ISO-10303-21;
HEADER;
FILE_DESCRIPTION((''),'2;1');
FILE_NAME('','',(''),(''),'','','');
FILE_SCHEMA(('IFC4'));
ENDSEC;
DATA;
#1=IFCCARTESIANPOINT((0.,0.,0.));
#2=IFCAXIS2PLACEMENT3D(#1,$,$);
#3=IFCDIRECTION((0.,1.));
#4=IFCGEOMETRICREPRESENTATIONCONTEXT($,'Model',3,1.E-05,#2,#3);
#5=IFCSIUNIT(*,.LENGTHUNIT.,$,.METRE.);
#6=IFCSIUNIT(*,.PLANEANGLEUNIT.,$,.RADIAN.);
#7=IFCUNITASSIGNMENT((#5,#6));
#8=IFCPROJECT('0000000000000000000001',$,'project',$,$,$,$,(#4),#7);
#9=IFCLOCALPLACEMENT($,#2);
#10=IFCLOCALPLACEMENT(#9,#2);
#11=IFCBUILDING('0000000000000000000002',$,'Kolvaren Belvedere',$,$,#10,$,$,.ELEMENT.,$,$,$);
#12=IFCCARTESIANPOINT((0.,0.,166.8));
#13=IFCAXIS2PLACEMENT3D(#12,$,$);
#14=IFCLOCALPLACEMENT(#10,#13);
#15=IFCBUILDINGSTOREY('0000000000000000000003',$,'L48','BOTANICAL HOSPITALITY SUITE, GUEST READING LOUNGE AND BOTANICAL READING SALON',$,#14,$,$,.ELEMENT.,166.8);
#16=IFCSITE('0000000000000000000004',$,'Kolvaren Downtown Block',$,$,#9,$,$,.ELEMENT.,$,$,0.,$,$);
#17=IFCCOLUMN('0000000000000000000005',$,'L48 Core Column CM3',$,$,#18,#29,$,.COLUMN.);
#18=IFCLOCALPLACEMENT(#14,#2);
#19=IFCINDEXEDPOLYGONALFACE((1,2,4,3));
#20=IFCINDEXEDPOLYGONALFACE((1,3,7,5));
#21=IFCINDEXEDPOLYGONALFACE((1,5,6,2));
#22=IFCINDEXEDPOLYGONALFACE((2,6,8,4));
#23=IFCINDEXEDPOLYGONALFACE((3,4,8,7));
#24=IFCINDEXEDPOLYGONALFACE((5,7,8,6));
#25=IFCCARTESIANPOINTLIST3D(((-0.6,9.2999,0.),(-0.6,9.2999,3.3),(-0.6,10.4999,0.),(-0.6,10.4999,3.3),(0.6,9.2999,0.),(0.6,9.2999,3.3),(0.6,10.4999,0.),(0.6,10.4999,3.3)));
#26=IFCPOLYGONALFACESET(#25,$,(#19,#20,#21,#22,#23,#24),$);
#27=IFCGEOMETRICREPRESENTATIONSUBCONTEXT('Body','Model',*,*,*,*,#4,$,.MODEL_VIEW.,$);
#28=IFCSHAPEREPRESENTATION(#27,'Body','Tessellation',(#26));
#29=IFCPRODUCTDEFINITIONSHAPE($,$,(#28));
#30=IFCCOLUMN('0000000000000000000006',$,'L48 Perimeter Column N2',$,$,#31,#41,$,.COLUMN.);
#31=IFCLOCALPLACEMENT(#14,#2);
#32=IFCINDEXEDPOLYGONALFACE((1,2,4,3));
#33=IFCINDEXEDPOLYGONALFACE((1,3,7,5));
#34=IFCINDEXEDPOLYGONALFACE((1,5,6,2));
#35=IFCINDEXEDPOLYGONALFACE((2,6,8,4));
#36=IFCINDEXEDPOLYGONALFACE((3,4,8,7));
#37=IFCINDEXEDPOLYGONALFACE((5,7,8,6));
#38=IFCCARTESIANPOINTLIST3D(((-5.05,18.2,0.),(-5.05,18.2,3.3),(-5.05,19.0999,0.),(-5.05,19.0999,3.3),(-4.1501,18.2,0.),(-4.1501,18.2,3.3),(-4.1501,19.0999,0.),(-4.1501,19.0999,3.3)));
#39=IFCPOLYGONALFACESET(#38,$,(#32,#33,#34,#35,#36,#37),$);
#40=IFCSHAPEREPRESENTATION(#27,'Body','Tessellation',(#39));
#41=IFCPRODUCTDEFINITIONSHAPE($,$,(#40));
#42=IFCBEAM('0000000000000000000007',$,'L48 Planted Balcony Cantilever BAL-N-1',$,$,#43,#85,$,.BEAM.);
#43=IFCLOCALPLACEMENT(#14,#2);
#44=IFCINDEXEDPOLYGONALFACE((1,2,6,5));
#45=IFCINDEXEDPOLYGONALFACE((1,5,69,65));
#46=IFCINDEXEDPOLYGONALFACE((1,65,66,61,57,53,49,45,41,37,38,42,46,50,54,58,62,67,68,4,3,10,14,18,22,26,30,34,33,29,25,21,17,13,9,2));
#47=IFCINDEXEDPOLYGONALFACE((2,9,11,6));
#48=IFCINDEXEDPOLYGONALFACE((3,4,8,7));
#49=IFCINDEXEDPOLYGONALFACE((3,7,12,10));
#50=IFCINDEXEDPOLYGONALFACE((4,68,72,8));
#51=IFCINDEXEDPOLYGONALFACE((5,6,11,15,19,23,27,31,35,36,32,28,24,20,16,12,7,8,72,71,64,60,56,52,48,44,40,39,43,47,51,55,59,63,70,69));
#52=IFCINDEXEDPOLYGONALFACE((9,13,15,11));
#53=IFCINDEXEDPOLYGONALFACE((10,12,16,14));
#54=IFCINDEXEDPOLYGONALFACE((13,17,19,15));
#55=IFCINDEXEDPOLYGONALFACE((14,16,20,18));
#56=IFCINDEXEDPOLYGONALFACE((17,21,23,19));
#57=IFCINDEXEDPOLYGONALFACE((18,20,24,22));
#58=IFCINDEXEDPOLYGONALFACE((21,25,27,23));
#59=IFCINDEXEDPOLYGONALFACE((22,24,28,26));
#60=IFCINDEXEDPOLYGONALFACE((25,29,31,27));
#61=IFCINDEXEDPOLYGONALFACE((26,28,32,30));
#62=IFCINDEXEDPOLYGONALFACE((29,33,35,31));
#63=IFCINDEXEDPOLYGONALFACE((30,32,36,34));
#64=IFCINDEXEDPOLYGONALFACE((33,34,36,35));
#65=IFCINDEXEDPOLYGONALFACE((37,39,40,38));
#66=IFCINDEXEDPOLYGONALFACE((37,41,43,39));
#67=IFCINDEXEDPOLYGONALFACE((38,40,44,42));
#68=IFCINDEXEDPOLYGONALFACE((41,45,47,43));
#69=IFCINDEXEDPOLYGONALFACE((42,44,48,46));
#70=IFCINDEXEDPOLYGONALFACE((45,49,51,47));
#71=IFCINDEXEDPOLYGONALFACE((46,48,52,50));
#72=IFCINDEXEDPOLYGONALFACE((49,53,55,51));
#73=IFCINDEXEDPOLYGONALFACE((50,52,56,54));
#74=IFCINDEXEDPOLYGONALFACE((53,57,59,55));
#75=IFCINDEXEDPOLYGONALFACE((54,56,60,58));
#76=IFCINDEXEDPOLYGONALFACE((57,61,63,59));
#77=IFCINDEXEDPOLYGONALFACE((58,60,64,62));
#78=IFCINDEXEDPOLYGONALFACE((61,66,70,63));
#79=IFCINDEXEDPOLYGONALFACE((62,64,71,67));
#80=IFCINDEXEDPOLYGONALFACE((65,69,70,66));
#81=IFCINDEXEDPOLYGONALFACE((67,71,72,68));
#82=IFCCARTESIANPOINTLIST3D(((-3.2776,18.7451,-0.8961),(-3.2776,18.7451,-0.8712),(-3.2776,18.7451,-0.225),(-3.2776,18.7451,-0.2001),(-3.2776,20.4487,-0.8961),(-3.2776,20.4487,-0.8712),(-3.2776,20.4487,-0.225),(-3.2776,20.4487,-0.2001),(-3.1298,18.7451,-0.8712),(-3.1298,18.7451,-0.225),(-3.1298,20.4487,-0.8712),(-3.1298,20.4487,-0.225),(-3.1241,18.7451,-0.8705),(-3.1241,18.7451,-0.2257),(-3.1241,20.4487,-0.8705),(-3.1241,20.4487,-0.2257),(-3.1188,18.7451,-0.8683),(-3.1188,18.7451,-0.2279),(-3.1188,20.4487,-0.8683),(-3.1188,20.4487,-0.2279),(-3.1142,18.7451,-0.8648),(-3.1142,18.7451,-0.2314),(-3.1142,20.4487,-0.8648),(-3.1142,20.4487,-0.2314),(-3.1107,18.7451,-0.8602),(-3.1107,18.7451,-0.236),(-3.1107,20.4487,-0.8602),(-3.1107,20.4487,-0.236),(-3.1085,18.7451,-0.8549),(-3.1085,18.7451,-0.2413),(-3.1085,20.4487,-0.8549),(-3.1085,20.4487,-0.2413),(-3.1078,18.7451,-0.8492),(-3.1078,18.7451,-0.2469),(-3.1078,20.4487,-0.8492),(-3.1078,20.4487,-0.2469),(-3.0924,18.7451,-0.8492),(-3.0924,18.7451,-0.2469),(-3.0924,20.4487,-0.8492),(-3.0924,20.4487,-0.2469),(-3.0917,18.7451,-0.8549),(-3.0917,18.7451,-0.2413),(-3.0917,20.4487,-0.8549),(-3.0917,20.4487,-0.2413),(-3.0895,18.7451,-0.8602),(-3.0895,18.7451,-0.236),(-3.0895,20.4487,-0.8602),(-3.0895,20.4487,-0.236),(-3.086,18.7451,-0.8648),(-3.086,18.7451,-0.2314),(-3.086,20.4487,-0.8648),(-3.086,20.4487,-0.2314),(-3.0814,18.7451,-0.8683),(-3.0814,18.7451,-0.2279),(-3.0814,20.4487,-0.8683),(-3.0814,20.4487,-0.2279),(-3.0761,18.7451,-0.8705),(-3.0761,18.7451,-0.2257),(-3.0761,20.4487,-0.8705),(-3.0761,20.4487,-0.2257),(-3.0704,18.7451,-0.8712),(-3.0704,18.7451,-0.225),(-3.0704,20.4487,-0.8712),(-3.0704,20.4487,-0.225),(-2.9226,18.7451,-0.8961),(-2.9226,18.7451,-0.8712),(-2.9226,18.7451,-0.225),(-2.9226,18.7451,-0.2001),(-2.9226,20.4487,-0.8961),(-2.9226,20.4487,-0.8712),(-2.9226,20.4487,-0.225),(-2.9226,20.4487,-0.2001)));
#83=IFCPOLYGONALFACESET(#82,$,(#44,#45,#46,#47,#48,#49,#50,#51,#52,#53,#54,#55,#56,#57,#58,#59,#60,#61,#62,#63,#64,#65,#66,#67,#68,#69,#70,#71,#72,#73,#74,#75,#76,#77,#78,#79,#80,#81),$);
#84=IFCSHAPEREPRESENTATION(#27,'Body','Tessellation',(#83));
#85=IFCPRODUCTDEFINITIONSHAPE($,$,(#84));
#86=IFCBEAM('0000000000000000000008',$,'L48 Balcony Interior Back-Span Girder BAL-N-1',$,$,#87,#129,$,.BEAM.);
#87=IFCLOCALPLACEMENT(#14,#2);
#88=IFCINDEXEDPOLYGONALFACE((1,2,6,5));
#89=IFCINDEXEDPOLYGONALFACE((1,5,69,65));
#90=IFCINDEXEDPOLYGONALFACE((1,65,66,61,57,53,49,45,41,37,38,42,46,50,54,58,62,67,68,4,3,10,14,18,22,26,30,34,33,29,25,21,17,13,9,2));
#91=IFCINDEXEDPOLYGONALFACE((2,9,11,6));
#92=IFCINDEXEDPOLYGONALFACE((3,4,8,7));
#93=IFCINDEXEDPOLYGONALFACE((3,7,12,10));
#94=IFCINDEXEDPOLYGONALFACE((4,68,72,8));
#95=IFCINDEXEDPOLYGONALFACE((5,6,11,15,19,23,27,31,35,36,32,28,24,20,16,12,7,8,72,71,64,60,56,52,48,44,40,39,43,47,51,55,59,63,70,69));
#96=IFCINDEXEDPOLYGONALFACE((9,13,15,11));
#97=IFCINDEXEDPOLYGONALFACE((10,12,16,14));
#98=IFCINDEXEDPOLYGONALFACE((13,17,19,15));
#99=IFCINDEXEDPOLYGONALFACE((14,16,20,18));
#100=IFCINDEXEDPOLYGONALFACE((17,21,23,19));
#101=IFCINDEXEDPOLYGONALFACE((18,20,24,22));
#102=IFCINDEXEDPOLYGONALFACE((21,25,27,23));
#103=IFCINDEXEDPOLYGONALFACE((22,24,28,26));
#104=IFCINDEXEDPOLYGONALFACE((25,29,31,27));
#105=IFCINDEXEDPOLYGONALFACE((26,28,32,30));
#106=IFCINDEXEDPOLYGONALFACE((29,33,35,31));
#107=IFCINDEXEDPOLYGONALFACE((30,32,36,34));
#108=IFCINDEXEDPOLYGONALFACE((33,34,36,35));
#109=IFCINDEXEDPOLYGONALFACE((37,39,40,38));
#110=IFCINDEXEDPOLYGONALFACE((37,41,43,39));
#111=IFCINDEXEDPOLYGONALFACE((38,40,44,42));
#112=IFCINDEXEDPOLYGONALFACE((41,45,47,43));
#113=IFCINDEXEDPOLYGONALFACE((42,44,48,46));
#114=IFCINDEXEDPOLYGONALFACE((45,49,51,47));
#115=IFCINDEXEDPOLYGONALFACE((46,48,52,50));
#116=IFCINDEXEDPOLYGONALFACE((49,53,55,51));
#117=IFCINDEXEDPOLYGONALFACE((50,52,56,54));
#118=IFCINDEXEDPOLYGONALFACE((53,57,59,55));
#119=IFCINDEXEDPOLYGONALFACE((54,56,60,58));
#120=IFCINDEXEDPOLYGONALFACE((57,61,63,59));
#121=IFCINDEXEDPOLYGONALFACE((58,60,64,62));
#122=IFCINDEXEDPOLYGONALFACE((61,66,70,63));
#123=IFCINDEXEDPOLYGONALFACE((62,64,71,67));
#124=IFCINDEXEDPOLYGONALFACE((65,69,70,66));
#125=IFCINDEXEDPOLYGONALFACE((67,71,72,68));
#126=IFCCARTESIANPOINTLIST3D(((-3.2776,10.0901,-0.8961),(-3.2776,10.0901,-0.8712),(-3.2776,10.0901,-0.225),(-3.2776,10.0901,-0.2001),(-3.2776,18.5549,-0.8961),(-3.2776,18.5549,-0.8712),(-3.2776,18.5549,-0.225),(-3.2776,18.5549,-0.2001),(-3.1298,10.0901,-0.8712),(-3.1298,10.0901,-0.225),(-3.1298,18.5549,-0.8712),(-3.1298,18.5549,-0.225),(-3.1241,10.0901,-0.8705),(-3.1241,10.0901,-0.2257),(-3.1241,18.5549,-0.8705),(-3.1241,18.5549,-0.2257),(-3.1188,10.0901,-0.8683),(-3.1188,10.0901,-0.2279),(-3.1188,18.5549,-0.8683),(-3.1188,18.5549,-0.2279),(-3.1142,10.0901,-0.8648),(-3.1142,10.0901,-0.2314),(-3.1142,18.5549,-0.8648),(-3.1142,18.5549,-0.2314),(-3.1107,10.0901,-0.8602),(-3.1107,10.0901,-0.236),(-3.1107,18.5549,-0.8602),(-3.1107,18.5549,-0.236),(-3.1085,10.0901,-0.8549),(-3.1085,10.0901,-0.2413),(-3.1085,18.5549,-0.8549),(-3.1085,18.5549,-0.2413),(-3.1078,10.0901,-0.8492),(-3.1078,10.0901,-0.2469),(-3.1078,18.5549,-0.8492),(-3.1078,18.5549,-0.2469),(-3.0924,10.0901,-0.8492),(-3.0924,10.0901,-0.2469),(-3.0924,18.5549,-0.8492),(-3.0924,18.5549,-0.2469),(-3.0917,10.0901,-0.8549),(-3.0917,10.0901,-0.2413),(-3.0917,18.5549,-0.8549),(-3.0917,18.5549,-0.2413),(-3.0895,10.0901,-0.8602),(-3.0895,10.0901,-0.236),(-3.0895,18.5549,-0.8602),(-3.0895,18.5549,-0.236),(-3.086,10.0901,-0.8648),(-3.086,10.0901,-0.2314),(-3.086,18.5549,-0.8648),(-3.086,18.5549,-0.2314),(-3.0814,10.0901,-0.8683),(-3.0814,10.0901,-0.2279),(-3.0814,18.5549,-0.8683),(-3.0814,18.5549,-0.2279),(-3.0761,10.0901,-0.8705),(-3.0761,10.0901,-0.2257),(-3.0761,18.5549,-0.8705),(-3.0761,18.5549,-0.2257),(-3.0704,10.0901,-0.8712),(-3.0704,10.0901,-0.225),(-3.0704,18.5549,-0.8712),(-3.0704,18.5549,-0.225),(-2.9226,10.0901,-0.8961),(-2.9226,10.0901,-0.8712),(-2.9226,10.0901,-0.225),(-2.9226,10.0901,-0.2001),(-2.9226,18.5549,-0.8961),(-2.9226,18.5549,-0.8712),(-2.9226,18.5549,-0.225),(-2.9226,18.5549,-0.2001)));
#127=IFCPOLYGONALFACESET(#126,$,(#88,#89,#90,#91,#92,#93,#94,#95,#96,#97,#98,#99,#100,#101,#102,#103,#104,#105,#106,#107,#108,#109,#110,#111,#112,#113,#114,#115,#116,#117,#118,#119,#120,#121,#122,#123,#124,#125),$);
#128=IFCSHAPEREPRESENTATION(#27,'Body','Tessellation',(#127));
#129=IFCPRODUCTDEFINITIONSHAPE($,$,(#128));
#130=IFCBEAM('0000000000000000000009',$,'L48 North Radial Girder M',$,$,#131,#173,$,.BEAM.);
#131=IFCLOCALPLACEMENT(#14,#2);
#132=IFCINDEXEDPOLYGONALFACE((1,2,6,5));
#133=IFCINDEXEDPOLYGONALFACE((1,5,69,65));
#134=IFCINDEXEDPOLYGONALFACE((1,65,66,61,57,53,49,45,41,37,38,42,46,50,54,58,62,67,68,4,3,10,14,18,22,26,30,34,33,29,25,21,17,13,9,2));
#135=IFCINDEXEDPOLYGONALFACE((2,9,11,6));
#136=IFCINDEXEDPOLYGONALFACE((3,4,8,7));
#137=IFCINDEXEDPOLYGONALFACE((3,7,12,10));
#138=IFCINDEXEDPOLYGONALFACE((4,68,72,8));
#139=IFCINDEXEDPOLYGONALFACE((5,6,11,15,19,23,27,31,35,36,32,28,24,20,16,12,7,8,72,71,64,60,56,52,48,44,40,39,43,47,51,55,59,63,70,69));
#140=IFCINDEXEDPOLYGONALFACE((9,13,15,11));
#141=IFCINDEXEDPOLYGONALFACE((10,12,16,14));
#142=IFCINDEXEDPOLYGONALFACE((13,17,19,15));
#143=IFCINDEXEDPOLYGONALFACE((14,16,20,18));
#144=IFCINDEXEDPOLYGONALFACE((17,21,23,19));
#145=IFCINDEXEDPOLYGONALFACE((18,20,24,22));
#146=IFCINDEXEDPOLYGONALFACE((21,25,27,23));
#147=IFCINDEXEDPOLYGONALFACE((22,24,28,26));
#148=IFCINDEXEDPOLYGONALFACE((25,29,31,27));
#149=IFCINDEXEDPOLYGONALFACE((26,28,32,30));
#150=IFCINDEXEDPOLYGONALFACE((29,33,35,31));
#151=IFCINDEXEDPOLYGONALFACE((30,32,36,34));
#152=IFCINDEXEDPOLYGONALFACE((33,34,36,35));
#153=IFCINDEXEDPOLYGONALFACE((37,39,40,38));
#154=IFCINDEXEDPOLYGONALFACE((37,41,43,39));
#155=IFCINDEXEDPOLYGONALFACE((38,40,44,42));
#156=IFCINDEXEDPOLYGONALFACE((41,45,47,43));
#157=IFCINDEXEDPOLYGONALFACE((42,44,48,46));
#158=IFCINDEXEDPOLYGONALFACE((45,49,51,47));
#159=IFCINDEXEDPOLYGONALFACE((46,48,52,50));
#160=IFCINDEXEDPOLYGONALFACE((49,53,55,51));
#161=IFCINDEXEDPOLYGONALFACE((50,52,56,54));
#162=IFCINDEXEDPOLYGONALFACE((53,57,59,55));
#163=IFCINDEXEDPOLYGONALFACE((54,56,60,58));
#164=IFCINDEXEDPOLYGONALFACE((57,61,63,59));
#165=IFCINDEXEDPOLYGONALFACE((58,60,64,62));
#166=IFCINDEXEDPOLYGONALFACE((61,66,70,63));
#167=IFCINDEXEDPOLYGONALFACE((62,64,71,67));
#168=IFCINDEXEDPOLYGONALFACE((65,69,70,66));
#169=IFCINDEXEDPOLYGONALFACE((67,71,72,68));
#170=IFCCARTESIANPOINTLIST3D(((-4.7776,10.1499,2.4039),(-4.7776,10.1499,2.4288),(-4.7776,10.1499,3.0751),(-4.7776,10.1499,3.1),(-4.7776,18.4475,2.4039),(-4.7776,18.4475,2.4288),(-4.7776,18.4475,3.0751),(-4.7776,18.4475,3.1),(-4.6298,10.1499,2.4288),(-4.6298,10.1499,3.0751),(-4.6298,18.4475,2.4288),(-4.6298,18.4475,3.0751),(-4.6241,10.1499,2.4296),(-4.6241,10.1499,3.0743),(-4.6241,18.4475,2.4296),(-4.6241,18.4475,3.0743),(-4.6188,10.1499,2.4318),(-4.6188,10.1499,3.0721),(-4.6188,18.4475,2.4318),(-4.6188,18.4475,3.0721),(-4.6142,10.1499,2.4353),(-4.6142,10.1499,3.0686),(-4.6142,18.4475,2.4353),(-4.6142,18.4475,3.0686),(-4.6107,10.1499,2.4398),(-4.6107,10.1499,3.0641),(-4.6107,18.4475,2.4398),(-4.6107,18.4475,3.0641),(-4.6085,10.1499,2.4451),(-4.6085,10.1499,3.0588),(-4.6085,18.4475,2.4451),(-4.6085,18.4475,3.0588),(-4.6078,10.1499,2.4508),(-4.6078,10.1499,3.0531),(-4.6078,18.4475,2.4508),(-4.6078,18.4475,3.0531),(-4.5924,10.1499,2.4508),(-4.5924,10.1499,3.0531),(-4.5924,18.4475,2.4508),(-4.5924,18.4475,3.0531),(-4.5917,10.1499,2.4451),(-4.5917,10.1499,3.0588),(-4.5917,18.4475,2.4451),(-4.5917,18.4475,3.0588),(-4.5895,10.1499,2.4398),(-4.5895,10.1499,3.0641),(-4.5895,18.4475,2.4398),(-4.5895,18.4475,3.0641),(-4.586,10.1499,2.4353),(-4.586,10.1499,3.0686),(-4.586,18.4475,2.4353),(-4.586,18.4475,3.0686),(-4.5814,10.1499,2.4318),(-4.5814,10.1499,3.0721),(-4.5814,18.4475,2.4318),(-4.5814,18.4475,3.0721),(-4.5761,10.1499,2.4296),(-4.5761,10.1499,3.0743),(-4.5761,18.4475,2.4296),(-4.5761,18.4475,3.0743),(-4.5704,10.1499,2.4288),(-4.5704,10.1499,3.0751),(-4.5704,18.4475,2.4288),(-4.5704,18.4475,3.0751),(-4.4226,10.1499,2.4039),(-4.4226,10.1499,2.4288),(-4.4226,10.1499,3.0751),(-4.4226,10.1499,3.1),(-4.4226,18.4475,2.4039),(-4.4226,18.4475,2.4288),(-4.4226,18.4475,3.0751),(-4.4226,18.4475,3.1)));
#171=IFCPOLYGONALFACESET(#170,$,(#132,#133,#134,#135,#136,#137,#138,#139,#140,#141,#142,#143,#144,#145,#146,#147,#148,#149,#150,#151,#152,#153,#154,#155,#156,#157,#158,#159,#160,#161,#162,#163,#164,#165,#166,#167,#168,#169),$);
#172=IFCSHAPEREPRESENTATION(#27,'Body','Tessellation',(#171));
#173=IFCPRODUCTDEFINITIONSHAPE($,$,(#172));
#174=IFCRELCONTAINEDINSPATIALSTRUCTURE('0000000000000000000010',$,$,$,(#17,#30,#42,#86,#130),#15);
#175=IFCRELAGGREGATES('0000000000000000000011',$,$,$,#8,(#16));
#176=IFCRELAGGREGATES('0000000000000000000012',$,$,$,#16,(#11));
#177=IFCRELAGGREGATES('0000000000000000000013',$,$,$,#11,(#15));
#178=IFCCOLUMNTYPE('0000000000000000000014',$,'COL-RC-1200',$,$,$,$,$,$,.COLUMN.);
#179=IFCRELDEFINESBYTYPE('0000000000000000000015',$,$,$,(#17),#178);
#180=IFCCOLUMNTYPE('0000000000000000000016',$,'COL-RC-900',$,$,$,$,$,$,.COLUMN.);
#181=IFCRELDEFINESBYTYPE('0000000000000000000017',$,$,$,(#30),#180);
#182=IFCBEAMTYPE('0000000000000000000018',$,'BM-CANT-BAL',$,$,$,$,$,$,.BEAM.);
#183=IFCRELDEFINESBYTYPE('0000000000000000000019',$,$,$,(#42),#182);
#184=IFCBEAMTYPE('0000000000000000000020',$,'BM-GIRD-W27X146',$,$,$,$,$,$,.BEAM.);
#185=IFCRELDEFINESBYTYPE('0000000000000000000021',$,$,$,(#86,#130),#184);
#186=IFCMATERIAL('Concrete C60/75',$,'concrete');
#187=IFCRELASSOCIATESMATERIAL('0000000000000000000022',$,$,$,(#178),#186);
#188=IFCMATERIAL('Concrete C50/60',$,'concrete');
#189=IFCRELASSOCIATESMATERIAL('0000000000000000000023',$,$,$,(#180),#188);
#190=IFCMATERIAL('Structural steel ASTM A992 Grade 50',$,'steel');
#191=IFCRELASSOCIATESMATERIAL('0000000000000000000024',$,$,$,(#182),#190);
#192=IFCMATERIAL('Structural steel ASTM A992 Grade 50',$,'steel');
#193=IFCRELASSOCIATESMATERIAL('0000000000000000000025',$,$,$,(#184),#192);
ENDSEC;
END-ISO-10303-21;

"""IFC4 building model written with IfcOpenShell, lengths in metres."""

from ifc_helpers import new_model, si_unit, direction, frame, origin, origin_2d, place, context, subcontext, project, spatial, rectangle, i_section, extrude, material, material_profile, profile_set, type_object, element, save


model = new_model("IFC4")

# Units and contexts
model_context = context("Model", 3, precision=1e-05, world=origin(), true_north=direction((0.0, 1.0)))
body_context = subcontext(model_context, "Body", "Model", "MODEL_VIEW")
ifc_project = project(units=[si_unit("LENGTHUNIT", "METRE"), si_unit("PLANEANGLEUNIT", "RADIAN")], contexts=[model_context])

# Site, building, storey
site_placement = place(None, origin())
site = spatial("IfcSite", under=ifc_project, at=site_placement, Name="Kolvaren Downtown Block", CompositionType="ELEMENT", RefElevation=0.0)
building_placement = place(site_placement, origin())
building = spatial("IfcBuilding", under=site, at=building_placement, Name="Kolvaren Belvedere", CompositionType="ELEMENT")
storey_placement = place(building_placement, frame((0.0, 0.0, 166.8)))
storey = spatial("IfcBuildingStorey", under=building, at=storey_placement, Name="L48", Description="BOTANICAL HOSPITALITY SUITE, GUEST READING LOUNGE AND BOTANICAL READING SALON", CompositionType="ELEMENT", Elevation=166.8)

# Columns
ifc_material_1 = material(Name="Concrete C60/75", Category="concrete")
ifc_material_profile_1 = material_profile(ifc_material_1, rectangle(XDim=1.2, YDim=1.2, at=origin_2d()), Name="RC 1200X1200")
ifc_profile_set_1 = profile_set([ifc_material_profile_1], Name="Concrete C60/75")
column_type_1 = type_object("IfcColumnType", Name="COL-RC-1200", PredefinedType="COLUMN", material=ifc_profile_set_1)
column_1_placement = place(storey_placement, frame((0.0, 9.8999, 0.0), z_axis=(0.0, 0.0, 1.0), x_axis=(1.0, 0.0, 0.0)))
element("IfcColumn", 1, at=column_1_placement, inside=storey, type_object=column_type_1, Name="L48 Core Column CM3", PredefinedType="COLUMN", context=body_context, shape_type="SweptSolid", body=[
    extrude(rectangle(XDim=1.2, YDim=1.2, at=origin_2d()), origin(), (0.0, 0.0, 1.0), 3.3),
])
ifc_material_2 = material(Name="Concrete C50/60", Category="concrete")
ifc_material_profile_2 = material_profile(ifc_material_2, rectangle(XDim=0.8999, YDim=0.8999, at=origin_2d()), Name="RC 900X900")
ifc_profile_set_2 = profile_set([ifc_material_profile_2], Name="Concrete C50/60")
column_type_2 = type_object("IfcColumnType", Name="COL-RC-900", PredefinedType="COLUMN", material=ifc_profile_set_2)
column_2_placement = place(storey_placement, frame((-4.6001, 18.6499, 0.0), z_axis=(0.0, 0.0, 1.0), x_axis=(1.0, 0.0, 0.0)))
element("IfcColumn", 2, at=column_2_placement, inside=storey, type_object=column_type_2, Name="L48 Perimeter Column N2", PredefinedType="COLUMN", context=body_context, shape_type="SweptSolid", body=[
    extrude(rectangle(XDim=0.8999, YDim=0.8999, at=origin_2d()), origin(), (0.0, 0.0, 1.0), 3.3),
])

# Beams
ifc_material_3 = material(Name="Structural steel ASTM A992 Grade 50", Category="steel")
ifc_material_profile_3 = material_profile(ifc_material_3, i_section(OverallWidth=0.355, OverallDepth=0.696, WebThickness=0.0154, FlangeThickness=0.0249, FilletRadius=0.022, at=origin_2d()), Name="W27X146")
ifc_profile_set_3 = profile_set([ifc_material_profile_3], Name="Structural steel ASTM A992 Grade 50")
beam_type_1 = type_object("IfcBeamType", Name="BM-CANT-BAL", PredefinedType="BEAM", material=ifc_profile_set_3)
beam_1_placement = place(storey_placement, frame((-3.1001, 18.7451, -0.5481), z_axis=(0.0, 1.0, 0.0), x_axis=(-1.0, 0.0, 0.0)))
element("IfcBeam", 3, at=beam_1_placement, inside=storey, type_object=beam_type_1, Name="L48 Planted Balcony Cantilever BAL-N-1", PredefinedType="BEAM", context=body_context, shape_type="SweptSolid", body=[
    extrude(i_section(OverallWidth=0.355, OverallDepth=0.696, WebThickness=0.0154, FlangeThickness=0.0249, FilletRadius=0.022, at=origin_2d()), origin(), (0.0, 0.0, 1.0), 1.7036),
])
ifc_material_4 = material(Name="Structural steel ASTM A992 Grade 50", Category="steel")
ifc_material_profile_4 = material_profile(ifc_material_4, i_section(OverallWidth=0.355, OverallDepth=0.696, WebThickness=0.0154, FlangeThickness=0.0249, FilletRadius=0.022, at=origin_2d()), Name="W27X146")
ifc_profile_set_4 = profile_set([ifc_material_profile_4], Name="Structural steel ASTM A992 Grade 50")
beam_type_2 = type_object("IfcBeamType", Name="BM-GIRD-W27X146", PredefinedType="BEAM", material=ifc_profile_set_4)
beam_2_placement = place(storey_placement, frame((-3.1001, 10.0901, -0.5481), z_axis=(0.0, 1.0, 0.0), x_axis=(-1.0, 0.0, 0.0)))
element("IfcBeam", 4, at=beam_2_placement, inside=storey, type_object=beam_type_2, Name="L48 Balcony Interior Back-Span Girder BAL-N-1", PredefinedType="BEAM", context=body_context, shape_type="SweptSolid", body=[
    extrude(i_section(OverallWidth=0.355, OverallDepth=0.696, WebThickness=0.0154, FlangeThickness=0.0249, FilletRadius=0.022, at=origin_2d()), origin(), (0.0, 0.0, 1.0), 8.4648),
])
beam_3_placement = place(storey_placement, frame((-4.6001, 10.1499, 2.752), z_axis=(0.0, 1.0, 0.0), x_axis=(-1.0, 0.0, 0.0)))
element("IfcBeam", 5, at=beam_3_placement, inside=storey, type_object=beam_type_2, Name="L48 North Radial Girder M", PredefinedType="BEAM", context=body_context, shape_type="SweptSolid", body=[
    extrude(i_section(OverallWidth=0.355, OverallDepth=0.696, WebThickness=0.0154, FlangeThickness=0.0249, FilletRadius=0.022, at=origin_2d()), origin(), (0.0, 0.0, 1.0), 8.2976),
])

save(model, "model.ifc")
